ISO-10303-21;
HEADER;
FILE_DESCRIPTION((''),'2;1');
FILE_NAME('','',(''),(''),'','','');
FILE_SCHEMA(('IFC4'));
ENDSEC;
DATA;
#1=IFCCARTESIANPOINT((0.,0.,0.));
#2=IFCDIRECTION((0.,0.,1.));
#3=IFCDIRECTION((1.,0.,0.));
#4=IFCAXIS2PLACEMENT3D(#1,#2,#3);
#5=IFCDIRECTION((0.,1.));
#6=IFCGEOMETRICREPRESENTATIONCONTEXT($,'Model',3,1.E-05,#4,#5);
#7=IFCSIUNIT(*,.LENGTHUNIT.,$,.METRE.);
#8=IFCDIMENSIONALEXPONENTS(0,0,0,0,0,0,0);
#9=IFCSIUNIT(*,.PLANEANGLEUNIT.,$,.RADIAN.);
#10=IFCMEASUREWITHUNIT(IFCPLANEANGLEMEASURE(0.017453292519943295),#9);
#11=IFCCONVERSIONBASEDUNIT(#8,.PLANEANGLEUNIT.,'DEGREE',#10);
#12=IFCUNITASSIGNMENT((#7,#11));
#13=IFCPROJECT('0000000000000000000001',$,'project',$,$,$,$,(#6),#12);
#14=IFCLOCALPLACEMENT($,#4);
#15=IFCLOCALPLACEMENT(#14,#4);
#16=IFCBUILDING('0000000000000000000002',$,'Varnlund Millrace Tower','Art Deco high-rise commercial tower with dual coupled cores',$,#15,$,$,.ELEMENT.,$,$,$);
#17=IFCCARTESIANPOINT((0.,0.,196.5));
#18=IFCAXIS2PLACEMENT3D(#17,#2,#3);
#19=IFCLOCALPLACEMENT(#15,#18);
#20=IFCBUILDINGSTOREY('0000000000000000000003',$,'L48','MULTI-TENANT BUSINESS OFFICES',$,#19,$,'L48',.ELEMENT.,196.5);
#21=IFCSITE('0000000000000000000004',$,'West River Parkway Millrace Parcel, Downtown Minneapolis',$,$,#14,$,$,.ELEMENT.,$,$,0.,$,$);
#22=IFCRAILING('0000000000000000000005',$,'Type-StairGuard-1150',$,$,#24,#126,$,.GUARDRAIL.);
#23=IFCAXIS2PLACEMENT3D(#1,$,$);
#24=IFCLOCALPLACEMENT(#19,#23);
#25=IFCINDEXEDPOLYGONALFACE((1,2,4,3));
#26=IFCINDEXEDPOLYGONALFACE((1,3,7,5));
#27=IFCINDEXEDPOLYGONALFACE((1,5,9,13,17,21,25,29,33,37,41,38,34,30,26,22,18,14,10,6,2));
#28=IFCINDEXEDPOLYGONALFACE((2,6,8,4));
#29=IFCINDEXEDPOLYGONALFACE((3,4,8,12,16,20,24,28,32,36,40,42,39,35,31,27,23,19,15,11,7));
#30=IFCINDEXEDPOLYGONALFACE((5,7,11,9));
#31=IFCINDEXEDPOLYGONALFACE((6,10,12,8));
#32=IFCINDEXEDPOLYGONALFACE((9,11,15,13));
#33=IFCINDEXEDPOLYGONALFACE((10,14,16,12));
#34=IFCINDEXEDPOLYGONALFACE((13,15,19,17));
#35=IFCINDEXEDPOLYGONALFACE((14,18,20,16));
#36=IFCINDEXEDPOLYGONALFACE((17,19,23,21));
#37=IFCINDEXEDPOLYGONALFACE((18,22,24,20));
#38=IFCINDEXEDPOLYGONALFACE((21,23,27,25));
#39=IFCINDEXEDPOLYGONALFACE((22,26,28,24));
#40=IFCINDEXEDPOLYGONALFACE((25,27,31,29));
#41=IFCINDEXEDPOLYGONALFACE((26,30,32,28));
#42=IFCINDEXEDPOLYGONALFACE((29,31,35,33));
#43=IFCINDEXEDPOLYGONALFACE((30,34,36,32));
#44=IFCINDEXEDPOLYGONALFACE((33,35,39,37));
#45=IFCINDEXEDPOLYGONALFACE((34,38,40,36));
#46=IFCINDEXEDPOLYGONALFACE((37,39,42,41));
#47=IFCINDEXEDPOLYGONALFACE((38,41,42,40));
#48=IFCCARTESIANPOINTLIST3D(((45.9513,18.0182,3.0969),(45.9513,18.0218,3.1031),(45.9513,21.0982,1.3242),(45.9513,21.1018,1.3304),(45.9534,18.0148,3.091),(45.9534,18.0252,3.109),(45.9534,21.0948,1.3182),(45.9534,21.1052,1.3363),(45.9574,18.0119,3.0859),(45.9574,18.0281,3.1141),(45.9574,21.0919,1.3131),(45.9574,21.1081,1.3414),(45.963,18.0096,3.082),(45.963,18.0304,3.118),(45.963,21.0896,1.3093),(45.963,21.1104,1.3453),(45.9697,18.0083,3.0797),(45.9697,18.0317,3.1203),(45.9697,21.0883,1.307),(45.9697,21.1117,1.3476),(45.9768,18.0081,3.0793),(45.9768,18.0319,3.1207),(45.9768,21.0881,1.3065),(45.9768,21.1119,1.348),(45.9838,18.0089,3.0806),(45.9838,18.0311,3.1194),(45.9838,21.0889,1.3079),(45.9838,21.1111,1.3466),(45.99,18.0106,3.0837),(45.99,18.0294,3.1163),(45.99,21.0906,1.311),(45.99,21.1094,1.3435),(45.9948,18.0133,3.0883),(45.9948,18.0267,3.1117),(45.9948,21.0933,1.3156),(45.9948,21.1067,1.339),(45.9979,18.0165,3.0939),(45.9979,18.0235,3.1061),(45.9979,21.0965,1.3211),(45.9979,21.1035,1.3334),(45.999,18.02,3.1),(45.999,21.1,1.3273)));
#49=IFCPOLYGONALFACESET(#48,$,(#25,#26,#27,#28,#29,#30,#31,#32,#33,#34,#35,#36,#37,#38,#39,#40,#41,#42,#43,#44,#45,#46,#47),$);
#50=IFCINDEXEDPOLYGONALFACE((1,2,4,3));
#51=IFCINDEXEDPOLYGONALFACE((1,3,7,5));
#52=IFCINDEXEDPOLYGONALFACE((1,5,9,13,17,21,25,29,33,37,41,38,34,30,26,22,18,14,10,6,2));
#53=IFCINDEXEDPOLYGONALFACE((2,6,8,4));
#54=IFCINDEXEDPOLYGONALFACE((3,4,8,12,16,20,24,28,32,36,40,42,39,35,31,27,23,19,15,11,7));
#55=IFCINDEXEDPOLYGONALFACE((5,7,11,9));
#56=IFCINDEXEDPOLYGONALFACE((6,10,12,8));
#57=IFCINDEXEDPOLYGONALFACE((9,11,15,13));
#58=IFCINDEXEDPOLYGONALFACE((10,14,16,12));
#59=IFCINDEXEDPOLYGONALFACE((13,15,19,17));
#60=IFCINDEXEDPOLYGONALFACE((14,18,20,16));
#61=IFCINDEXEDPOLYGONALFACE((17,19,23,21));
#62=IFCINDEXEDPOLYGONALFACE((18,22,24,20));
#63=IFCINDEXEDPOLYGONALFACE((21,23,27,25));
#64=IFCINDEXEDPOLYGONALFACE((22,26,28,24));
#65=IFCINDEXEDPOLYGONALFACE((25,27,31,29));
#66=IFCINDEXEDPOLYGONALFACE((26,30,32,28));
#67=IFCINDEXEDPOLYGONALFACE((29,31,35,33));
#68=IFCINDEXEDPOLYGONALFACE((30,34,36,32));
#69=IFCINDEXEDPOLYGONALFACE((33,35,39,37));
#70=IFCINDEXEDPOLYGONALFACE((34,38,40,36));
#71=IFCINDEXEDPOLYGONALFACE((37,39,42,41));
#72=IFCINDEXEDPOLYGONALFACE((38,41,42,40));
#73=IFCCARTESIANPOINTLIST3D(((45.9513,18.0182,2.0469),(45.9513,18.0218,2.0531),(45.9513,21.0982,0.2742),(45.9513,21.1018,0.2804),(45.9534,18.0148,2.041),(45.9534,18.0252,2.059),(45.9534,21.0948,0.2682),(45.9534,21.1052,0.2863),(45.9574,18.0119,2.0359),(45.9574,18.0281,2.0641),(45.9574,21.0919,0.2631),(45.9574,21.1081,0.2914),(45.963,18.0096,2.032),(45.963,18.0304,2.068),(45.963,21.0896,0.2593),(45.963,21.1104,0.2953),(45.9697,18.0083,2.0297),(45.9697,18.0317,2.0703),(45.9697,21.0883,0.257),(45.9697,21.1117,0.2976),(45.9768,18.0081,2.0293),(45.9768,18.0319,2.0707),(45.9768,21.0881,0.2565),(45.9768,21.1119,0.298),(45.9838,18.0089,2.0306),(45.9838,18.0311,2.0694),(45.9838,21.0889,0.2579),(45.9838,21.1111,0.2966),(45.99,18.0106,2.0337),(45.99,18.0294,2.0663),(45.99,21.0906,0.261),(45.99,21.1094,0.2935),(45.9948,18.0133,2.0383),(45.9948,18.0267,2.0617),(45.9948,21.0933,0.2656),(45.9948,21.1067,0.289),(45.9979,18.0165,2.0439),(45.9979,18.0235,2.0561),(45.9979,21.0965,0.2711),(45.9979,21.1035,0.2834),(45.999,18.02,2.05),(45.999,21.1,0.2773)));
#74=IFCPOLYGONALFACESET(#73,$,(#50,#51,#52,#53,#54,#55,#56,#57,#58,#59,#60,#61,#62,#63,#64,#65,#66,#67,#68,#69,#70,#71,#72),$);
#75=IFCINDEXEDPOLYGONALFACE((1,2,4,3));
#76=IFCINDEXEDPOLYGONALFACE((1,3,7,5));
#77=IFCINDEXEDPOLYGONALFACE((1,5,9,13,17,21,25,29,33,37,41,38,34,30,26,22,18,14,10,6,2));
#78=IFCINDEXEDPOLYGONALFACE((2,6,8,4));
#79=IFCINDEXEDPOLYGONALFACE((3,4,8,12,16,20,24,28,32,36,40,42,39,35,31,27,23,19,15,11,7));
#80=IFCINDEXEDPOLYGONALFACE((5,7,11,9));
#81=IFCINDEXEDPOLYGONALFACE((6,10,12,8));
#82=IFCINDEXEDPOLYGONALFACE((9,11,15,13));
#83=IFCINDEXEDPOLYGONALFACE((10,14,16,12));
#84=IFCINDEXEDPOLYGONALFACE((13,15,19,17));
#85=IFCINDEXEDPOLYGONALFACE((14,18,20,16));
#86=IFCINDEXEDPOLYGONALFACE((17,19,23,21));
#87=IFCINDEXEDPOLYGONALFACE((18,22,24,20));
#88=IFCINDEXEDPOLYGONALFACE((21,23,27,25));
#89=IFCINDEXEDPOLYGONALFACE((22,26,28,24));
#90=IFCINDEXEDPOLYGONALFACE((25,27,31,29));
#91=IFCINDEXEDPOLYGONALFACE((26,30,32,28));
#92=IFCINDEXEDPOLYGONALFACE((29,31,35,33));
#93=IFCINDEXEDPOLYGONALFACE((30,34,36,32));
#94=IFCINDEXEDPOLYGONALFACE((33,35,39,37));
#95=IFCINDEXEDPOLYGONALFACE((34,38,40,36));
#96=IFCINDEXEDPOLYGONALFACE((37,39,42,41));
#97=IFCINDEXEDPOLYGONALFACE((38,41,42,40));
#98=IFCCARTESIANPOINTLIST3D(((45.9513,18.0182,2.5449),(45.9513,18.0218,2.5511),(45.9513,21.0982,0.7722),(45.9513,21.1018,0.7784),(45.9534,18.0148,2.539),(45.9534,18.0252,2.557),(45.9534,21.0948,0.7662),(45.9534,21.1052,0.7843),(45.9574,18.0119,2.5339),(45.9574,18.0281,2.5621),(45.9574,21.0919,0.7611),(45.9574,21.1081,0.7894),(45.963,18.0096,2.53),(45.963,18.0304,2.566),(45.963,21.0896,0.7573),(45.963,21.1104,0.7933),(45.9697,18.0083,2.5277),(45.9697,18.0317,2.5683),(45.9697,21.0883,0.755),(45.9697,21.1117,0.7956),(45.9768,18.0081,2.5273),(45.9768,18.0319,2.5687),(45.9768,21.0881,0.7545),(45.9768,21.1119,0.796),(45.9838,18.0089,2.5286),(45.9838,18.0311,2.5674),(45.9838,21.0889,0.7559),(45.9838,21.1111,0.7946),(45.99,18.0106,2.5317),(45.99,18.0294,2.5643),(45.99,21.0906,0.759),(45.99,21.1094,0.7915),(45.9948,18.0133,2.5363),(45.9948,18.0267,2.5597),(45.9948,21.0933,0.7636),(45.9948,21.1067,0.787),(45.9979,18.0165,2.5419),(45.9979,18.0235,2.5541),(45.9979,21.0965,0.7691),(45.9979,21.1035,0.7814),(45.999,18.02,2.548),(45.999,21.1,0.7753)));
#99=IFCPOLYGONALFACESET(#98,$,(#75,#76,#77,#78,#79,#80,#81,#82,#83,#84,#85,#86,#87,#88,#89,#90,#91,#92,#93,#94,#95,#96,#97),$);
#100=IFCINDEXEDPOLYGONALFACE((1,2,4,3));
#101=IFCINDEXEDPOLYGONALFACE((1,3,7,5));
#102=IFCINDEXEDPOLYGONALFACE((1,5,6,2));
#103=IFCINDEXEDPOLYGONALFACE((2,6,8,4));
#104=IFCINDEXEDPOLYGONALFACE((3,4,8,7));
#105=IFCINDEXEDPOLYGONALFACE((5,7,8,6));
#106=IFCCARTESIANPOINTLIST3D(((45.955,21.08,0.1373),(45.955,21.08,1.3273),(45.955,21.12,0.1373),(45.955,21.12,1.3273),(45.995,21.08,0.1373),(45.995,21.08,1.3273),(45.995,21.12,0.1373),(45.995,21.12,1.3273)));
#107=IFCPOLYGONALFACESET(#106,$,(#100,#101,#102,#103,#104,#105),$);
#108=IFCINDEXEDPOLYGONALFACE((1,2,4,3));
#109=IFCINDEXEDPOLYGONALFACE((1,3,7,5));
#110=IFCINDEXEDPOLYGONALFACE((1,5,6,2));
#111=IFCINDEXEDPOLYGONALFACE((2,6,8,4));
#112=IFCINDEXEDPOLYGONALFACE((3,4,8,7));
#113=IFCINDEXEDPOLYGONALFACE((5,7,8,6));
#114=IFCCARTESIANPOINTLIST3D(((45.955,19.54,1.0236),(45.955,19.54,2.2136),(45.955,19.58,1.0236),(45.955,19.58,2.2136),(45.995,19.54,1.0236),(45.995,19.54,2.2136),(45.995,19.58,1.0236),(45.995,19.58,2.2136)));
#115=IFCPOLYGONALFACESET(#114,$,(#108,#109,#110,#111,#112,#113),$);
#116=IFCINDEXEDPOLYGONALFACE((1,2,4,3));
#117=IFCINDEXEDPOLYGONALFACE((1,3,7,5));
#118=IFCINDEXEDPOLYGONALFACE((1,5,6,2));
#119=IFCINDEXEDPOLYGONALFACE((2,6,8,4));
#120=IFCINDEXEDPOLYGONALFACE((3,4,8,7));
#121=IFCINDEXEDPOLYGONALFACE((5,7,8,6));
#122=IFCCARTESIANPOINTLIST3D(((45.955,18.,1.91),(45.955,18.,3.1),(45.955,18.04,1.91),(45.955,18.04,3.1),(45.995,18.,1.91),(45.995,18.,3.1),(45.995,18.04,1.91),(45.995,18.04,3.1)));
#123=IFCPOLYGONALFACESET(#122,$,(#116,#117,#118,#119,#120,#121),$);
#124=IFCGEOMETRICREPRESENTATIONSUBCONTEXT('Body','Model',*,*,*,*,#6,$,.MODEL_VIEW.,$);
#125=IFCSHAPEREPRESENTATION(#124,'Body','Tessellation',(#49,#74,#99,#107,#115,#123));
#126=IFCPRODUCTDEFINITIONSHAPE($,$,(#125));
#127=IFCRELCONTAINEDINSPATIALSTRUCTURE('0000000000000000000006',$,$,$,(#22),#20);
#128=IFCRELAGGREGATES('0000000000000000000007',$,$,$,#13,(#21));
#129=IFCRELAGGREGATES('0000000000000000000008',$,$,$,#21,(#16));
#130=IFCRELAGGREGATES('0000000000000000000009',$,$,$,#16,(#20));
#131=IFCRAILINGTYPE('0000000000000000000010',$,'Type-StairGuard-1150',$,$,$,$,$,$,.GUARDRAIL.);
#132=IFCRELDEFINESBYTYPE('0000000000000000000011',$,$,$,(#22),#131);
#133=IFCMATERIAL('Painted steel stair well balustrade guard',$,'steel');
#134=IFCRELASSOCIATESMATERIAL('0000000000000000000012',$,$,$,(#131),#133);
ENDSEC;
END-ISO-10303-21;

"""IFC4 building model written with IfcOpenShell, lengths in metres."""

from ifc_helpers import new_model, entity, si_unit, converted_unit, direction, frame, origin_with_axes, origin_2d_with_axis, place, context, subcontext, project, spatial, rectangle, circle, extrude, material, type_object, element, save


model = new_model("IFC4")

# Units and contexts
model_context = context("Model", 3, precision=1e-05, world=origin_with_axes(), true_north=direction((0.0, 1.0)))
body_context = subcontext(model_context, "Body", "Model", "MODEL_VIEW")
ifc_project = project(units=[si_unit("LENGTHUNIT", "METRE"), converted_unit("PLANEANGLEUNIT", "DEGREE", entity("IfcPlaneAngleMeasure", 0.017453292519943295), si_unit("PLANEANGLEUNIT", "RADIAN"), dimensions=[0, 0, 0, 0, 0, 0, 0])], contexts=[model_context])

# Site, building, storey
site_placement = place(None, origin_with_axes())
site = spatial("IfcSite", under=ifc_project, at=site_placement, Name="West River Parkway Millrace Parcel, Downtown Minneapolis", CompositionType="ELEMENT", RefElevation=0.0)
building_placement = place(site_placement, origin_with_axes())
building = spatial("IfcBuilding", under=site, at=building_placement, Name="Varnlund Millrace Tower", Description="Art Deco high-rise commercial tower with dual coupled cores", CompositionType="ELEMENT")
storey_placement = place(building_placement, frame((0.0, 0.0, 196.5), z_axis=(0.0, 0.0, 1.0), x_axis=(1.0, 0.0, 0.0)))
storey = spatial("IfcBuildingStorey", under=building, at=storey_placement, Name="L48", Description="MULTI-TENANT BUSINESS OFFICES", LongName="L48", CompositionType="ELEMENT", Elevation=196.5)

# Railing
ifc_material_1 = material(Name="Painted steel stair well balustrade guard", Category="steel")
railing_type_1 = type_object("IfcRailingType", Name="Type-StairGuard-1150", PredefinedType="GUARDRAIL", material=ifc_material_1)
railing_1_placement = place(storey_placement, frame((0.0, 0.0, -196.5), z_axis=(0.0, 0.0, 1.0), x_axis=(1.0, 0.0, 0.0)))
element("IfcRailing", 1, at=railing_1_placement, inside=storey, type_object=railing_type_1, Name="Type-StairGuard-1150", PredefinedType="GUARDRAIL", context=body_context, shape_type="SweptSolid", body=[
    extrude(circle(Radius=0.024, at=origin_2d_with_axis()), frame((45.975, 21.1, 197.8273), z_axis=(0.0, -0.866696, 0.498836), x_axis=(1.0, 0.0, 0.0)), (0.0, 0.0, 1.0), 3.5537),
    extrude(circle(Radius=0.024, at=origin_2d_with_axis()), frame((45.975, 21.1, 196.7773), z_axis=(0.0, -0.866696, 0.498836), x_axis=(1.0, 0.0, 0.0)), (0.0, 0.0, 1.0), 3.5537),
    extrude(circle(Radius=0.024, at=origin_2d_with_axis()), frame((45.975, 21.1, 197.2753), z_axis=(0.0, -0.866696, 0.498836), x_axis=(1.0, 0.0, 0.0)), (0.0, 0.0, 1.0), 3.5537),
    extrude(rectangle(XDim=0.04, YDim=0.04, at=origin_2d_with_axis()), frame((45.975, 21.1, 196.6373), z_axis=(0.0, 0.0, 1.0), x_axis=(1.0, 0.0, 0.0)), (0.0, 0.0, 1.0), 1.19),
    extrude(rectangle(XDim=0.04, YDim=0.04, at=origin_2d_with_axis()), frame((45.975, 19.56, 197.5236), z_axis=(0.0, 0.0, 1.0), x_axis=(1.0, 0.0, 0.0)), (0.0, 0.0, 1.0), 1.19),
    extrude(rectangle(XDim=0.04, YDim=0.04, at=origin_2d_with_axis()), frame((45.975, 18.02, 198.41), z_axis=(0.0, 0.0, 1.0), x_axis=(1.0, 0.0, 0.0)), (0.0, 0.0, 1.0), 1.19),
])

save(model, "model.ifc")
